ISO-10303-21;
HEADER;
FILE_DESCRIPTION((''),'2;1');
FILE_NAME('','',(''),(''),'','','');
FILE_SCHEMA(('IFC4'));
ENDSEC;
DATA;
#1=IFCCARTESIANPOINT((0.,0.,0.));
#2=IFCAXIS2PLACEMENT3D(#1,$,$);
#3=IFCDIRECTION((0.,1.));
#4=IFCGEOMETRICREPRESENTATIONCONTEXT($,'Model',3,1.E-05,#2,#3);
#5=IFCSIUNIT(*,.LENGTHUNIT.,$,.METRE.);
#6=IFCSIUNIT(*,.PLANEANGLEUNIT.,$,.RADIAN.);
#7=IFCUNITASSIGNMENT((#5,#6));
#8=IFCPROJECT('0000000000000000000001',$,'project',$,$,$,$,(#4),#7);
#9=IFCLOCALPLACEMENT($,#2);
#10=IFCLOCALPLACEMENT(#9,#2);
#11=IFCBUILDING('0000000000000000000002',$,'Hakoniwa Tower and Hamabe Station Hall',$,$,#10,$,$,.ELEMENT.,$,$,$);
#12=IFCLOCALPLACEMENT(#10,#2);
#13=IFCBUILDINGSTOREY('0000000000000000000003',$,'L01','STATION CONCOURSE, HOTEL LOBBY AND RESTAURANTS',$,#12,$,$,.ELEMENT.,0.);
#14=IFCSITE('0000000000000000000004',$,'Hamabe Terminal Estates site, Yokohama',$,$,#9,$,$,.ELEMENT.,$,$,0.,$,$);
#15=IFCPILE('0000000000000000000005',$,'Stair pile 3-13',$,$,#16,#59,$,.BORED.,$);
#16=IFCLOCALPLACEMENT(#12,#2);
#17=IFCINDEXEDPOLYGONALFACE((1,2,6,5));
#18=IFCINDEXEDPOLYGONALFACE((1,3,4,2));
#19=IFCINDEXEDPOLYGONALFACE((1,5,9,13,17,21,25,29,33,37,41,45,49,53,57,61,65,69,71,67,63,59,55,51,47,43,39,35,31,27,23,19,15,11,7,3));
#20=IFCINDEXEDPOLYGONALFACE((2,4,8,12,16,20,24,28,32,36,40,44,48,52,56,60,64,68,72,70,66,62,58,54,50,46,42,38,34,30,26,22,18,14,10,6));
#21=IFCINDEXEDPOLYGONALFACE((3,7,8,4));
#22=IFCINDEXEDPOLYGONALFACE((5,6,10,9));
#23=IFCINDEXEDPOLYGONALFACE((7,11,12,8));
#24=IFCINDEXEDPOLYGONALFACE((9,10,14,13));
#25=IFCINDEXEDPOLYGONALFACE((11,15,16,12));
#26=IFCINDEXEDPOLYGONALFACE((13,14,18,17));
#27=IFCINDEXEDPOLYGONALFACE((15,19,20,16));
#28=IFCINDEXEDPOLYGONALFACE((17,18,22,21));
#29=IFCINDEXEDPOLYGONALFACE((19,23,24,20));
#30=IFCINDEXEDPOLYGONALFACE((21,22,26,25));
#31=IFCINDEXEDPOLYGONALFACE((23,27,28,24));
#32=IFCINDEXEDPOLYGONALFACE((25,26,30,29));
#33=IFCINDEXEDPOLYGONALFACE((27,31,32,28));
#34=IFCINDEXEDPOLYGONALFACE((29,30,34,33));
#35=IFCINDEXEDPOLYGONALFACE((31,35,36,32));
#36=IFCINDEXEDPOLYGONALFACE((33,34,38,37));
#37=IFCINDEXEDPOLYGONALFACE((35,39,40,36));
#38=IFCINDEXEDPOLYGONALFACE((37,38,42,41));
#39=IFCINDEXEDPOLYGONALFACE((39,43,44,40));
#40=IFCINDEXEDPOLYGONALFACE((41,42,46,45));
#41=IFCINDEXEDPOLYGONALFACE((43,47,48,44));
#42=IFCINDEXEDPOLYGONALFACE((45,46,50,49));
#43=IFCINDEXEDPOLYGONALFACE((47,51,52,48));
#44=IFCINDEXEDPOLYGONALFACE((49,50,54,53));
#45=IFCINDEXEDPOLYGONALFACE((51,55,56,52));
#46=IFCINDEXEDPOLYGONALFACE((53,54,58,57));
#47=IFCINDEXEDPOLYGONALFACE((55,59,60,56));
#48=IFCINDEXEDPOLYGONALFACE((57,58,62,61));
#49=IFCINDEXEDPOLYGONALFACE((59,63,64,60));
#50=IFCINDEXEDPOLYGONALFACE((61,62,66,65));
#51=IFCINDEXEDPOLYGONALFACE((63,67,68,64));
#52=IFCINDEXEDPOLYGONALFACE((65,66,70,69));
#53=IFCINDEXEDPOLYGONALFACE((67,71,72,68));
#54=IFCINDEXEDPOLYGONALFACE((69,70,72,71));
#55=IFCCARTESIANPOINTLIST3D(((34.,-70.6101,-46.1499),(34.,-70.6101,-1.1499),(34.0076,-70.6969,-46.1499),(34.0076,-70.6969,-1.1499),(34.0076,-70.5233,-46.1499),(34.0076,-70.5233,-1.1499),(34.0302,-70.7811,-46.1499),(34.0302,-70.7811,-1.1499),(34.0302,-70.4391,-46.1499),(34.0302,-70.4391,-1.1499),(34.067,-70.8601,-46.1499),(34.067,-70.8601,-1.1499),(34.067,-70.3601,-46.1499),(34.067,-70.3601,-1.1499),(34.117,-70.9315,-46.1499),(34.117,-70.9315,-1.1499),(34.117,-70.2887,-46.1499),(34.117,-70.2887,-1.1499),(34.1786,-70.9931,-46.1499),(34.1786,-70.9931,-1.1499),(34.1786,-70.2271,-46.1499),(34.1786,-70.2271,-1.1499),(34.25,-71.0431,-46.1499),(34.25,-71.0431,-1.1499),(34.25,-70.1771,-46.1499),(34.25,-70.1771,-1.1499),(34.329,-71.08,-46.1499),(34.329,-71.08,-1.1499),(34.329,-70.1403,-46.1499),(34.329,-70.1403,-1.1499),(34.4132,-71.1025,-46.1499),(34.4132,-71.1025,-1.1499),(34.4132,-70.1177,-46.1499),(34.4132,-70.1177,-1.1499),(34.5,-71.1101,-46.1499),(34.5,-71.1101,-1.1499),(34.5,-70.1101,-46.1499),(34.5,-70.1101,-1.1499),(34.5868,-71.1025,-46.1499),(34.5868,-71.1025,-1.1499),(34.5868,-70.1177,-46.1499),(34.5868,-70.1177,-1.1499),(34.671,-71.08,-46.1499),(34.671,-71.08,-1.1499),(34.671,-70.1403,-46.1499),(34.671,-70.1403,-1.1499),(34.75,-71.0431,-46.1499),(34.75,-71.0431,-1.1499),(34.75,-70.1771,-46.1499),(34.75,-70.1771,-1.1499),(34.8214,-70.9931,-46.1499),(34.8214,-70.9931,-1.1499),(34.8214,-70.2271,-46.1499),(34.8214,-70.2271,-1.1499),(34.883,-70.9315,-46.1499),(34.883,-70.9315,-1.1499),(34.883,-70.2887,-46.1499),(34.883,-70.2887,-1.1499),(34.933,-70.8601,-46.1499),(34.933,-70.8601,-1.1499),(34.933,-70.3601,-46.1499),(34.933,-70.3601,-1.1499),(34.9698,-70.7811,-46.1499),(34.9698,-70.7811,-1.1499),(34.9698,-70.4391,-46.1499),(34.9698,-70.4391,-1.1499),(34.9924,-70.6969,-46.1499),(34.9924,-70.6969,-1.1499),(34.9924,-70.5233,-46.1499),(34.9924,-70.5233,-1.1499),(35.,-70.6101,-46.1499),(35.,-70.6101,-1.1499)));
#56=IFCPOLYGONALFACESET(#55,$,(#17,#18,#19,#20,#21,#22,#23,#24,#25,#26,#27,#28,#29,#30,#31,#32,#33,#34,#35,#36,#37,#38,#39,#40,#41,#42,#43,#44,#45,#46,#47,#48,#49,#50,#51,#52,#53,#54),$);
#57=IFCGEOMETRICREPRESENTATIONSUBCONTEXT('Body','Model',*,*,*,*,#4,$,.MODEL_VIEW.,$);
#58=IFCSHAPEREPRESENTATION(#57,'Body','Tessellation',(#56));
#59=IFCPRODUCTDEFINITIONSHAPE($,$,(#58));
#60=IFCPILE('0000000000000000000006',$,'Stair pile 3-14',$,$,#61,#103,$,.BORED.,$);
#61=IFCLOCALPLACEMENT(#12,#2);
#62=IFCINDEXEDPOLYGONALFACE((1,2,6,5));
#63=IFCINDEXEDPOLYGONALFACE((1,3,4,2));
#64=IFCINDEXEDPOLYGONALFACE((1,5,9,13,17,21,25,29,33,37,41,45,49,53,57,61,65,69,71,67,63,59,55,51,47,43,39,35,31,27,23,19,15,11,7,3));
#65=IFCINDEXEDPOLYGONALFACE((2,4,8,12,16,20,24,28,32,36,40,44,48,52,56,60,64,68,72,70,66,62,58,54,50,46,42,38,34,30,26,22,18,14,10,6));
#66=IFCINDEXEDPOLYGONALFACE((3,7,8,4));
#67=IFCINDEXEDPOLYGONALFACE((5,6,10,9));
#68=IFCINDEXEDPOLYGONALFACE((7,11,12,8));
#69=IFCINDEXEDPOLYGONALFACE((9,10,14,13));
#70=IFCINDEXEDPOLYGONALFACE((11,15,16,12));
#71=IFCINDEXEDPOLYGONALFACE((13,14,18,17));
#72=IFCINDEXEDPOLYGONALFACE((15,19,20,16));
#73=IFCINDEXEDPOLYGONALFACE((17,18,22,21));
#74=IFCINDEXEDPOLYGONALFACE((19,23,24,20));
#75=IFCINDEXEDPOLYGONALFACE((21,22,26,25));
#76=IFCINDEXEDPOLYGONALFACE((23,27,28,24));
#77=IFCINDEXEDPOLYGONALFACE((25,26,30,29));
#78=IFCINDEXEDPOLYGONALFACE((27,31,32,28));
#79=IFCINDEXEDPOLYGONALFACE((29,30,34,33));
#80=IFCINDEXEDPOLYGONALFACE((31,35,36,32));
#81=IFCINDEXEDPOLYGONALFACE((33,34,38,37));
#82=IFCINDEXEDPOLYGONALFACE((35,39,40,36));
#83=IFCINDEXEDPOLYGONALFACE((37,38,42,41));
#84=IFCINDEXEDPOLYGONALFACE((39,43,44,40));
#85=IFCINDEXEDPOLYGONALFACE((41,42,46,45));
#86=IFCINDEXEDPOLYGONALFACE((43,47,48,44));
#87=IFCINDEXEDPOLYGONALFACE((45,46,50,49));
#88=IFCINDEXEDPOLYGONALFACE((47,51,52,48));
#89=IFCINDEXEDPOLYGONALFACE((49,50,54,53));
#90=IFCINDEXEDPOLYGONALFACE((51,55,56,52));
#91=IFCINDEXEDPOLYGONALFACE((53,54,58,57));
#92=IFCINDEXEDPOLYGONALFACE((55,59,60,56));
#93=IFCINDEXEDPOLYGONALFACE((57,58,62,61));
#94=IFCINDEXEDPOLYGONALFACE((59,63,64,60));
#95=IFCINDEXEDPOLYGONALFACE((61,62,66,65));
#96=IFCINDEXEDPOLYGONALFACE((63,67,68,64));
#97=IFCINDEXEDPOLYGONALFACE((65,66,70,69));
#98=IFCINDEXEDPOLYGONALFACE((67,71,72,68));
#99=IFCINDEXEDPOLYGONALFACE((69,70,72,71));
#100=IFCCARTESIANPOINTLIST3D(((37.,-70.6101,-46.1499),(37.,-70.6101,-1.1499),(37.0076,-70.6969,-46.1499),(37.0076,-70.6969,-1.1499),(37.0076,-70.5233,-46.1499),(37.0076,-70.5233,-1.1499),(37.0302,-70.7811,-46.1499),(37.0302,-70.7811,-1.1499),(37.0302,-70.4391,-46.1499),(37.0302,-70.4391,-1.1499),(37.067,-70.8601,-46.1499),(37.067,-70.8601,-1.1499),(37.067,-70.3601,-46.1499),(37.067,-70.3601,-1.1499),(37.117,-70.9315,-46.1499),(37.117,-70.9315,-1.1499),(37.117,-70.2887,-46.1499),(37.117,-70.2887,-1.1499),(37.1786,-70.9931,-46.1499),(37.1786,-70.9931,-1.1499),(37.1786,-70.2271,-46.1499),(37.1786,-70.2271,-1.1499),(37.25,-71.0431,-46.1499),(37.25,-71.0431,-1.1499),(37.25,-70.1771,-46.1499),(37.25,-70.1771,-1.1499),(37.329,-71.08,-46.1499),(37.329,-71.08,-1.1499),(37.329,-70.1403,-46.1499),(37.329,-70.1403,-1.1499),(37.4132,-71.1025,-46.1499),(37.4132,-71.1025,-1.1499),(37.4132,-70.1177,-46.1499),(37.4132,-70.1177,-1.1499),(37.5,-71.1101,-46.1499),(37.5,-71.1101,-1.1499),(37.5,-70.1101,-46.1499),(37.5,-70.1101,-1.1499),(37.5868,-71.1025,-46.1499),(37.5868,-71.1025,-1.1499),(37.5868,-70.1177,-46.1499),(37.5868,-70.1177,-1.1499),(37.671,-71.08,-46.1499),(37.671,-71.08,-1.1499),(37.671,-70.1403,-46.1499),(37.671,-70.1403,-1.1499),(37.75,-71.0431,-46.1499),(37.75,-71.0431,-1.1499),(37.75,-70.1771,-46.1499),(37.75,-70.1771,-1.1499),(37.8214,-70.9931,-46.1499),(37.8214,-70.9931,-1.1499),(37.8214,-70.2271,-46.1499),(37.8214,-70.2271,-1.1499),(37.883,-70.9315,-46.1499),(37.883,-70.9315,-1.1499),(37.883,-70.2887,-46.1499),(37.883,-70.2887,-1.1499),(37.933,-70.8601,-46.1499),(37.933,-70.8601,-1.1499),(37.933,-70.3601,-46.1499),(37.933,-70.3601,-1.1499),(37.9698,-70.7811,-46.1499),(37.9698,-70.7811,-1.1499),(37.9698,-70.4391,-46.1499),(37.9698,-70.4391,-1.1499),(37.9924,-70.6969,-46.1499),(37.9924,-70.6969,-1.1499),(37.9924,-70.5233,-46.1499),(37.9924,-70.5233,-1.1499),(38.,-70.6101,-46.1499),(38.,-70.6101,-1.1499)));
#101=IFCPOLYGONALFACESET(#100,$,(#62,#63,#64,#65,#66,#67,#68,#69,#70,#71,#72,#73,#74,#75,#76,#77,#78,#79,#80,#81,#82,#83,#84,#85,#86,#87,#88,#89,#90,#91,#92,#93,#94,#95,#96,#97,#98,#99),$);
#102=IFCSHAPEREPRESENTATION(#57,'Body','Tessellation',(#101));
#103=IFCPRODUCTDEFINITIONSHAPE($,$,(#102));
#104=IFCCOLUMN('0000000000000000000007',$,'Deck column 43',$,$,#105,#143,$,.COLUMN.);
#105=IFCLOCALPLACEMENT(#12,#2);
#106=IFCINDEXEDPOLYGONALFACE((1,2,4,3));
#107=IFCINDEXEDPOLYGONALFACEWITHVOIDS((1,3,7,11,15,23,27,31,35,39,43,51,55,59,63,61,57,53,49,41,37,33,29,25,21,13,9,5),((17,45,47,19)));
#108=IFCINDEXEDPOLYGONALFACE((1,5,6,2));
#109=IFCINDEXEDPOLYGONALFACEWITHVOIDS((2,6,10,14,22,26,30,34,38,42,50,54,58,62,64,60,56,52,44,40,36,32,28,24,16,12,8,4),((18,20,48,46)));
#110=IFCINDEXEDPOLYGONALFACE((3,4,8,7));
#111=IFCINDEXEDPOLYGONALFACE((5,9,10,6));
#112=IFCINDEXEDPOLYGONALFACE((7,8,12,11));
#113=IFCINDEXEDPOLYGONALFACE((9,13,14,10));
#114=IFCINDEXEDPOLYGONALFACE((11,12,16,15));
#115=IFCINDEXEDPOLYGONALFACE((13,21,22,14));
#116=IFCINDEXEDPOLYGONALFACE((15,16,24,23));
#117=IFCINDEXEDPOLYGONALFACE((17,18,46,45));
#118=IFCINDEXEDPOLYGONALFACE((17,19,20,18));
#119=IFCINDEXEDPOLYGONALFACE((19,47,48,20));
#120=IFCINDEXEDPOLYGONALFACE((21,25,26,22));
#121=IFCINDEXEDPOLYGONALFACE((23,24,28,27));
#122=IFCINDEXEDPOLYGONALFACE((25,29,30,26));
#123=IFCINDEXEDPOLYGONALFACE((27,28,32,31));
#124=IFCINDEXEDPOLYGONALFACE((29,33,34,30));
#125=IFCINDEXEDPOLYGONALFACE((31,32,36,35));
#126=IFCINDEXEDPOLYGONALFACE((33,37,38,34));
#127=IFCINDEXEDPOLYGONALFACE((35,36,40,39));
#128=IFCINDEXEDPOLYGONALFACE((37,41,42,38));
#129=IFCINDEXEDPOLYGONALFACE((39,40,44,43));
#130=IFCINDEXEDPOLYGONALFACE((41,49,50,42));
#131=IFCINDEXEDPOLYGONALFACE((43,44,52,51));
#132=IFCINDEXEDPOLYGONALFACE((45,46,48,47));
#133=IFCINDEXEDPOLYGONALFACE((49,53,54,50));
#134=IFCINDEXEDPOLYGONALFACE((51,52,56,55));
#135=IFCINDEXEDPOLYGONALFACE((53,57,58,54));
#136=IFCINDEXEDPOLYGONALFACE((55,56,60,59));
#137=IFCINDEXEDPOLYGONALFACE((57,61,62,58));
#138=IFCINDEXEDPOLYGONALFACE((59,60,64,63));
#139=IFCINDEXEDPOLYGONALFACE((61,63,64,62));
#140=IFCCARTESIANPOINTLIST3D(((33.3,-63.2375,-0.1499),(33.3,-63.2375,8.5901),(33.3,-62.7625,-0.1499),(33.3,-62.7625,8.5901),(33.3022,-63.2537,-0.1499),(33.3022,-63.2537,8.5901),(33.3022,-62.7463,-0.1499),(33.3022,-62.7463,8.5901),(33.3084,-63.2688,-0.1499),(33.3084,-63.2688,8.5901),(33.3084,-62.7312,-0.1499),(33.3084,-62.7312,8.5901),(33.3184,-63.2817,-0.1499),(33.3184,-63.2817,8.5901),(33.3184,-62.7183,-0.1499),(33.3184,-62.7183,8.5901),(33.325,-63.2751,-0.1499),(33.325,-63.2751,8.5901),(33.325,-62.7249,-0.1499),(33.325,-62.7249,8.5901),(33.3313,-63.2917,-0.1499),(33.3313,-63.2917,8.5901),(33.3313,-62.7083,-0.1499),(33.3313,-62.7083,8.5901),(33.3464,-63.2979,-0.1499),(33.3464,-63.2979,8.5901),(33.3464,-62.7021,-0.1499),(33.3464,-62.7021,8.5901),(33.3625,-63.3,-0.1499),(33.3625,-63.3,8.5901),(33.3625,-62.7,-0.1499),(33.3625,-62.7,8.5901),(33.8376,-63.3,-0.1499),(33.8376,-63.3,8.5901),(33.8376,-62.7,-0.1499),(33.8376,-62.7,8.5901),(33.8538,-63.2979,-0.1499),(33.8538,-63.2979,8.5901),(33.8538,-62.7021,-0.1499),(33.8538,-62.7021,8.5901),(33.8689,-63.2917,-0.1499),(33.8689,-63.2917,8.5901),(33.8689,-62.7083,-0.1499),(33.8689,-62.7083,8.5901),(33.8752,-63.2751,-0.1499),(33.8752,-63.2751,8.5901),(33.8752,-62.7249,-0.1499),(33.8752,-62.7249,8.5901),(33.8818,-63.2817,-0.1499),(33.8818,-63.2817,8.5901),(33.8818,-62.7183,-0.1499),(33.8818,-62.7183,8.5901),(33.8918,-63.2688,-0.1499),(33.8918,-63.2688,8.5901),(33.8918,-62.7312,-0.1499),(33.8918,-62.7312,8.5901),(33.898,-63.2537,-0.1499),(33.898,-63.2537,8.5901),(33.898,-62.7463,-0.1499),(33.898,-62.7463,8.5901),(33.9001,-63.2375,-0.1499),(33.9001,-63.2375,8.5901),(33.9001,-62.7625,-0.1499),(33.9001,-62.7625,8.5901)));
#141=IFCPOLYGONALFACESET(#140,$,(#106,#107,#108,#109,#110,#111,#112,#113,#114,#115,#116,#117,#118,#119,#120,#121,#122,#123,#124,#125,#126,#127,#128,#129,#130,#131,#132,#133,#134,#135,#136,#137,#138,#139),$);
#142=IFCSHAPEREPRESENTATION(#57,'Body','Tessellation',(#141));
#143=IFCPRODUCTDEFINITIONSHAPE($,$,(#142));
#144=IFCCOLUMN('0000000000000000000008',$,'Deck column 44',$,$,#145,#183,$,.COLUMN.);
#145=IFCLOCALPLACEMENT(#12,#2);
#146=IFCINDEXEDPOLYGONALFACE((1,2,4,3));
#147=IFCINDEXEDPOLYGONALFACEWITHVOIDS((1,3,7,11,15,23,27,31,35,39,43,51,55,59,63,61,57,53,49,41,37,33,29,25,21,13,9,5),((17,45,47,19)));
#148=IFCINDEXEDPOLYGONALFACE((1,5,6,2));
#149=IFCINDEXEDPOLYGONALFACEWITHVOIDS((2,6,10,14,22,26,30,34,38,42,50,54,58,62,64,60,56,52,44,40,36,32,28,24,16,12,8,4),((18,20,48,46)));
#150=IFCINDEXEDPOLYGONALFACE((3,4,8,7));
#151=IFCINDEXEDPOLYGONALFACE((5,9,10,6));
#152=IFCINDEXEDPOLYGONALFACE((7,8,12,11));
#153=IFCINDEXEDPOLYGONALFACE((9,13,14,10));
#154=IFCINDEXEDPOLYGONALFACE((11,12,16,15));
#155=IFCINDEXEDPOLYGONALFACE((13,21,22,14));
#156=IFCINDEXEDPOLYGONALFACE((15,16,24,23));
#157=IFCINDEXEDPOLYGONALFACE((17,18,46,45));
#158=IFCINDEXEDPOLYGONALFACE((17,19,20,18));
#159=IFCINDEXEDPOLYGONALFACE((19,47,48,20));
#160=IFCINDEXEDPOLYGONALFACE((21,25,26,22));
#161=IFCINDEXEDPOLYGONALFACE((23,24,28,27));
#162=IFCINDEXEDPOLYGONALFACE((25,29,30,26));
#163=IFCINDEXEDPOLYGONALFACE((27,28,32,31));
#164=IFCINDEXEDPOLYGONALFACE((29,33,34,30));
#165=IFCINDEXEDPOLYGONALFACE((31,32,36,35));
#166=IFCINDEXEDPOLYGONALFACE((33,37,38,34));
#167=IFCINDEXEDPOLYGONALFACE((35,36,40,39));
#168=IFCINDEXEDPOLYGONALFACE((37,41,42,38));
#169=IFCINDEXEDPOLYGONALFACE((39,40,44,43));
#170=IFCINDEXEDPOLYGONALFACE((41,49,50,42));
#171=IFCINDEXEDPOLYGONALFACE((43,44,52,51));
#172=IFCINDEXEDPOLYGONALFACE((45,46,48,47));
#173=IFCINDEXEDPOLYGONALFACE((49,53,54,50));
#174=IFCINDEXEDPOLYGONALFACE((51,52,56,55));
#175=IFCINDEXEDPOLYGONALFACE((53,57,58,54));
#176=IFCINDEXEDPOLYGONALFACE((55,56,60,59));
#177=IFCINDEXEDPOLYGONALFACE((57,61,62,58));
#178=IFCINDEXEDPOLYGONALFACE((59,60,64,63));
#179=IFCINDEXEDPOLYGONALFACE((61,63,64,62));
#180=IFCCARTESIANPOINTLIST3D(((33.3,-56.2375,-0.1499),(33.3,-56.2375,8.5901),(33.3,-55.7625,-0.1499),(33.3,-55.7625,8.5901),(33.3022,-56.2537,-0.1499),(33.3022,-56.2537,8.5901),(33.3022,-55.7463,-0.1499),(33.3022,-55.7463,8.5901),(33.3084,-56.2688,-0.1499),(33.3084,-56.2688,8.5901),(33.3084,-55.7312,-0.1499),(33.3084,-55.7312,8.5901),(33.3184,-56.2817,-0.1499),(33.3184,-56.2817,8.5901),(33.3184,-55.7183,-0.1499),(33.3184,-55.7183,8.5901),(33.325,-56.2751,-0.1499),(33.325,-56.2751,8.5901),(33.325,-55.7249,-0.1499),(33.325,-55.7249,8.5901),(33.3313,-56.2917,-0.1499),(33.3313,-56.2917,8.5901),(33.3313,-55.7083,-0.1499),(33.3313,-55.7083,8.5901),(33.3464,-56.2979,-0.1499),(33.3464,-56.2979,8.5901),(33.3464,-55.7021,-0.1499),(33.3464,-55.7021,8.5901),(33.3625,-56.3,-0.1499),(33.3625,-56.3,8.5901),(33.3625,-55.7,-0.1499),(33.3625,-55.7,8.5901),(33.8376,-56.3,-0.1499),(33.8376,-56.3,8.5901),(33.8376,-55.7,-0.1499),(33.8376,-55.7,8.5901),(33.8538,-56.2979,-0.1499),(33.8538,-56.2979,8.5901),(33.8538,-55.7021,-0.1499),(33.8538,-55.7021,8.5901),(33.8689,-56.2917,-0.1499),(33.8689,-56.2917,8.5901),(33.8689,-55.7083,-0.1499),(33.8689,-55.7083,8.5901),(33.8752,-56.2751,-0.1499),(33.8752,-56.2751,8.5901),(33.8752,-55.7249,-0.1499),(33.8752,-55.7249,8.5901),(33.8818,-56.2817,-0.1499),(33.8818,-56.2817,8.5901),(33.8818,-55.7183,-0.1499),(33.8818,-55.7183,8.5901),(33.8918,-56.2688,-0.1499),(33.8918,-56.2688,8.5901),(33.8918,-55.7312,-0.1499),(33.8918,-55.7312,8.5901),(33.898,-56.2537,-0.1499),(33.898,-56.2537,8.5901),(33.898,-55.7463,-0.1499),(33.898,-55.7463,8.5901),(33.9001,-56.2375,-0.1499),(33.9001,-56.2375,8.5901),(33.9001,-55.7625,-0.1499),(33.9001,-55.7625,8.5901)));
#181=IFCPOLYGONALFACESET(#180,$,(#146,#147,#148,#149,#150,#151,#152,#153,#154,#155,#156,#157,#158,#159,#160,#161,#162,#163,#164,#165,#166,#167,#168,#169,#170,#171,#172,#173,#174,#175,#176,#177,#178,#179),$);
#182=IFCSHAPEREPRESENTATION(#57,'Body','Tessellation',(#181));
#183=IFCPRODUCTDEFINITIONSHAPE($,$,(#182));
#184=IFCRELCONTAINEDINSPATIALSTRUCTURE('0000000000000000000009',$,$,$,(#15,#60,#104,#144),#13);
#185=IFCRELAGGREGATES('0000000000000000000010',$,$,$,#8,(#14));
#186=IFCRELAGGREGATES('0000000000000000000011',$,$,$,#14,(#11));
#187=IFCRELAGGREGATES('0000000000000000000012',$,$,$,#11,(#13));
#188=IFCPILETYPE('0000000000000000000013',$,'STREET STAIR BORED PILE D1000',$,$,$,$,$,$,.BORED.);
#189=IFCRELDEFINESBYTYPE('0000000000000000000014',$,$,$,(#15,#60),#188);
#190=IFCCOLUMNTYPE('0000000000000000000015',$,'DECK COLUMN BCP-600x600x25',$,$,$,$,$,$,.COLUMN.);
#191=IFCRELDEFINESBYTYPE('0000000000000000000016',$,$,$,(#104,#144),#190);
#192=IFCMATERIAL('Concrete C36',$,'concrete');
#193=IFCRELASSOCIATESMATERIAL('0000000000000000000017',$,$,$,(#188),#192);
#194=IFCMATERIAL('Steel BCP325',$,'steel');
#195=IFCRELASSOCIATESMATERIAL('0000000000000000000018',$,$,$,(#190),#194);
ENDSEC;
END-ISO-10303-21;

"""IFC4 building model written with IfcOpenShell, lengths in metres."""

from ifc_helpers import new_model, si_unit, direction, frame, origin, origin_2d, place, context, subcontext, project, spatial, hollow_rectangle, circle, extrude, material, material_profile, profile_set, type_object, element, save


model = new_model("IFC4")

# Units and contexts
model_context = context("Model", 3, precision=1e-05, world=origin(), true_north=direction((0.0, 1.0)))
body_context = subcontext(model_context, "Body", "Model", "MODEL_VIEW")
ifc_project = project(units=[si_unit("LENGTHUNIT", "METRE"), si_unit("PLANEANGLEUNIT", "RADIAN")], contexts=[model_context])

# Site, building, storey
site_placement = place(None, origin())
site = spatial("IfcSite", under=ifc_project, at=site_placement, Name="Hamabe Terminal Estates site, Yokohama", CompositionType="ELEMENT", RefElevation=0.0)
building_placement = place(site_placement, origin())
building = spatial("IfcBuilding", under=site, at=building_placement, Name="Hakoniwa Tower and Hamabe Station Hall", CompositionType="ELEMENT")
storey_placement = place(building_placement, origin())
storey = spatial("IfcBuildingStorey", under=building, at=storey_placement, Name="L01", Description="STATION CONCOURSE, HOTEL LOBBY AND RESTAURANTS", CompositionType="ELEMENT", Elevation=0.0)

# Piles
ifc_material_1 = material(Name="Concrete C36", Category="concrete")
ifc_material_profile_1 = material_profile(ifc_material_1, circle(Radius=0.5, at=origin_2d()), Name="STREET STAIR BORED PILE D1000")
ifc_profile_set_1 = profile_set([ifc_material_profile_1], Name="Concrete C36")
pile_type_1 = type_object("IfcPileType", Name="STREET STAIR BORED PILE D1000", PredefinedType="BORED", material=ifc_profile_set_1)
for number, where, z_axis, x_axis, name in (
    (1, (34.5, -70.6101, -1.1499), (0.0, 0.0, -1.0), (1.0, 0.0, 0.0), "Stair pile 3-13"),
    (2, (37.5, -70.6101, -1.1499), (0.0, 0.0, -1.0), (1.0, 0.0, 0.0), "Stair pile 3-14"),
):
    element("IfcPile", number, at=place(storey_placement, frame(where, z_axis=z_axis, x_axis=x_axis)), inside=storey, type_object=pile_type_1, Name=name, PredefinedType="BORED", context=body_context, shape_type="SweptSolid", body=[
        extrude(circle(Radius=0.5, at=origin_2d()), origin(), (0.0, 0.0, 1.0), 45.0),
    ])

# Columns
ifc_material_2 = material(Name="Steel BCP325", Category="steel")
ifc_material_profile_2 = material_profile(ifc_material_2, hollow_rectangle(XDim=0.6001, YDim=0.6001, WallThickness=0.0249, OuterFilletRadius=0.0625, at=origin_2d()), Name="DECK COLUMN BCP-600x600x25")
ifc_profile_set_2 = profile_set([ifc_material_profile_2], Name="Steel BCP325")
column_type = type_object("IfcColumnType", Name="DECK COLUMN BCP-600x600x25", PredefinedType="COLUMN", material=ifc_profile_set_2)
for number, where, z_axis, x_axis, name in (
    (3, (33.6001, -63.0, -0.1499), (0.0, 0.0, 1.0), (1.0, 0.0, 0.0), "Deck column 43"),
    (4, (33.6001, -56.0, -0.1499), (0.0, 0.0, 1.0), (1.0, 0.0, 0.0), "Deck column 44"),
):
    element("IfcColumn", number, at=place(storey_placement, frame(where, z_axis=z_axis, x_axis=x_axis)), inside=storey, type_object=column_type, Name=name, PredefinedType="COLUMN", context=body_context, shape_type="SweptSolid", body=[
        extrude(hollow_rectangle(XDim=0.6001, YDim=0.6001, WallThickness=0.0249, OuterFilletRadius=0.0625, at=origin_2d()), origin(), (0.0, 0.0, 1.0), 8.74),
    ])

save(model, "model.ifc")
